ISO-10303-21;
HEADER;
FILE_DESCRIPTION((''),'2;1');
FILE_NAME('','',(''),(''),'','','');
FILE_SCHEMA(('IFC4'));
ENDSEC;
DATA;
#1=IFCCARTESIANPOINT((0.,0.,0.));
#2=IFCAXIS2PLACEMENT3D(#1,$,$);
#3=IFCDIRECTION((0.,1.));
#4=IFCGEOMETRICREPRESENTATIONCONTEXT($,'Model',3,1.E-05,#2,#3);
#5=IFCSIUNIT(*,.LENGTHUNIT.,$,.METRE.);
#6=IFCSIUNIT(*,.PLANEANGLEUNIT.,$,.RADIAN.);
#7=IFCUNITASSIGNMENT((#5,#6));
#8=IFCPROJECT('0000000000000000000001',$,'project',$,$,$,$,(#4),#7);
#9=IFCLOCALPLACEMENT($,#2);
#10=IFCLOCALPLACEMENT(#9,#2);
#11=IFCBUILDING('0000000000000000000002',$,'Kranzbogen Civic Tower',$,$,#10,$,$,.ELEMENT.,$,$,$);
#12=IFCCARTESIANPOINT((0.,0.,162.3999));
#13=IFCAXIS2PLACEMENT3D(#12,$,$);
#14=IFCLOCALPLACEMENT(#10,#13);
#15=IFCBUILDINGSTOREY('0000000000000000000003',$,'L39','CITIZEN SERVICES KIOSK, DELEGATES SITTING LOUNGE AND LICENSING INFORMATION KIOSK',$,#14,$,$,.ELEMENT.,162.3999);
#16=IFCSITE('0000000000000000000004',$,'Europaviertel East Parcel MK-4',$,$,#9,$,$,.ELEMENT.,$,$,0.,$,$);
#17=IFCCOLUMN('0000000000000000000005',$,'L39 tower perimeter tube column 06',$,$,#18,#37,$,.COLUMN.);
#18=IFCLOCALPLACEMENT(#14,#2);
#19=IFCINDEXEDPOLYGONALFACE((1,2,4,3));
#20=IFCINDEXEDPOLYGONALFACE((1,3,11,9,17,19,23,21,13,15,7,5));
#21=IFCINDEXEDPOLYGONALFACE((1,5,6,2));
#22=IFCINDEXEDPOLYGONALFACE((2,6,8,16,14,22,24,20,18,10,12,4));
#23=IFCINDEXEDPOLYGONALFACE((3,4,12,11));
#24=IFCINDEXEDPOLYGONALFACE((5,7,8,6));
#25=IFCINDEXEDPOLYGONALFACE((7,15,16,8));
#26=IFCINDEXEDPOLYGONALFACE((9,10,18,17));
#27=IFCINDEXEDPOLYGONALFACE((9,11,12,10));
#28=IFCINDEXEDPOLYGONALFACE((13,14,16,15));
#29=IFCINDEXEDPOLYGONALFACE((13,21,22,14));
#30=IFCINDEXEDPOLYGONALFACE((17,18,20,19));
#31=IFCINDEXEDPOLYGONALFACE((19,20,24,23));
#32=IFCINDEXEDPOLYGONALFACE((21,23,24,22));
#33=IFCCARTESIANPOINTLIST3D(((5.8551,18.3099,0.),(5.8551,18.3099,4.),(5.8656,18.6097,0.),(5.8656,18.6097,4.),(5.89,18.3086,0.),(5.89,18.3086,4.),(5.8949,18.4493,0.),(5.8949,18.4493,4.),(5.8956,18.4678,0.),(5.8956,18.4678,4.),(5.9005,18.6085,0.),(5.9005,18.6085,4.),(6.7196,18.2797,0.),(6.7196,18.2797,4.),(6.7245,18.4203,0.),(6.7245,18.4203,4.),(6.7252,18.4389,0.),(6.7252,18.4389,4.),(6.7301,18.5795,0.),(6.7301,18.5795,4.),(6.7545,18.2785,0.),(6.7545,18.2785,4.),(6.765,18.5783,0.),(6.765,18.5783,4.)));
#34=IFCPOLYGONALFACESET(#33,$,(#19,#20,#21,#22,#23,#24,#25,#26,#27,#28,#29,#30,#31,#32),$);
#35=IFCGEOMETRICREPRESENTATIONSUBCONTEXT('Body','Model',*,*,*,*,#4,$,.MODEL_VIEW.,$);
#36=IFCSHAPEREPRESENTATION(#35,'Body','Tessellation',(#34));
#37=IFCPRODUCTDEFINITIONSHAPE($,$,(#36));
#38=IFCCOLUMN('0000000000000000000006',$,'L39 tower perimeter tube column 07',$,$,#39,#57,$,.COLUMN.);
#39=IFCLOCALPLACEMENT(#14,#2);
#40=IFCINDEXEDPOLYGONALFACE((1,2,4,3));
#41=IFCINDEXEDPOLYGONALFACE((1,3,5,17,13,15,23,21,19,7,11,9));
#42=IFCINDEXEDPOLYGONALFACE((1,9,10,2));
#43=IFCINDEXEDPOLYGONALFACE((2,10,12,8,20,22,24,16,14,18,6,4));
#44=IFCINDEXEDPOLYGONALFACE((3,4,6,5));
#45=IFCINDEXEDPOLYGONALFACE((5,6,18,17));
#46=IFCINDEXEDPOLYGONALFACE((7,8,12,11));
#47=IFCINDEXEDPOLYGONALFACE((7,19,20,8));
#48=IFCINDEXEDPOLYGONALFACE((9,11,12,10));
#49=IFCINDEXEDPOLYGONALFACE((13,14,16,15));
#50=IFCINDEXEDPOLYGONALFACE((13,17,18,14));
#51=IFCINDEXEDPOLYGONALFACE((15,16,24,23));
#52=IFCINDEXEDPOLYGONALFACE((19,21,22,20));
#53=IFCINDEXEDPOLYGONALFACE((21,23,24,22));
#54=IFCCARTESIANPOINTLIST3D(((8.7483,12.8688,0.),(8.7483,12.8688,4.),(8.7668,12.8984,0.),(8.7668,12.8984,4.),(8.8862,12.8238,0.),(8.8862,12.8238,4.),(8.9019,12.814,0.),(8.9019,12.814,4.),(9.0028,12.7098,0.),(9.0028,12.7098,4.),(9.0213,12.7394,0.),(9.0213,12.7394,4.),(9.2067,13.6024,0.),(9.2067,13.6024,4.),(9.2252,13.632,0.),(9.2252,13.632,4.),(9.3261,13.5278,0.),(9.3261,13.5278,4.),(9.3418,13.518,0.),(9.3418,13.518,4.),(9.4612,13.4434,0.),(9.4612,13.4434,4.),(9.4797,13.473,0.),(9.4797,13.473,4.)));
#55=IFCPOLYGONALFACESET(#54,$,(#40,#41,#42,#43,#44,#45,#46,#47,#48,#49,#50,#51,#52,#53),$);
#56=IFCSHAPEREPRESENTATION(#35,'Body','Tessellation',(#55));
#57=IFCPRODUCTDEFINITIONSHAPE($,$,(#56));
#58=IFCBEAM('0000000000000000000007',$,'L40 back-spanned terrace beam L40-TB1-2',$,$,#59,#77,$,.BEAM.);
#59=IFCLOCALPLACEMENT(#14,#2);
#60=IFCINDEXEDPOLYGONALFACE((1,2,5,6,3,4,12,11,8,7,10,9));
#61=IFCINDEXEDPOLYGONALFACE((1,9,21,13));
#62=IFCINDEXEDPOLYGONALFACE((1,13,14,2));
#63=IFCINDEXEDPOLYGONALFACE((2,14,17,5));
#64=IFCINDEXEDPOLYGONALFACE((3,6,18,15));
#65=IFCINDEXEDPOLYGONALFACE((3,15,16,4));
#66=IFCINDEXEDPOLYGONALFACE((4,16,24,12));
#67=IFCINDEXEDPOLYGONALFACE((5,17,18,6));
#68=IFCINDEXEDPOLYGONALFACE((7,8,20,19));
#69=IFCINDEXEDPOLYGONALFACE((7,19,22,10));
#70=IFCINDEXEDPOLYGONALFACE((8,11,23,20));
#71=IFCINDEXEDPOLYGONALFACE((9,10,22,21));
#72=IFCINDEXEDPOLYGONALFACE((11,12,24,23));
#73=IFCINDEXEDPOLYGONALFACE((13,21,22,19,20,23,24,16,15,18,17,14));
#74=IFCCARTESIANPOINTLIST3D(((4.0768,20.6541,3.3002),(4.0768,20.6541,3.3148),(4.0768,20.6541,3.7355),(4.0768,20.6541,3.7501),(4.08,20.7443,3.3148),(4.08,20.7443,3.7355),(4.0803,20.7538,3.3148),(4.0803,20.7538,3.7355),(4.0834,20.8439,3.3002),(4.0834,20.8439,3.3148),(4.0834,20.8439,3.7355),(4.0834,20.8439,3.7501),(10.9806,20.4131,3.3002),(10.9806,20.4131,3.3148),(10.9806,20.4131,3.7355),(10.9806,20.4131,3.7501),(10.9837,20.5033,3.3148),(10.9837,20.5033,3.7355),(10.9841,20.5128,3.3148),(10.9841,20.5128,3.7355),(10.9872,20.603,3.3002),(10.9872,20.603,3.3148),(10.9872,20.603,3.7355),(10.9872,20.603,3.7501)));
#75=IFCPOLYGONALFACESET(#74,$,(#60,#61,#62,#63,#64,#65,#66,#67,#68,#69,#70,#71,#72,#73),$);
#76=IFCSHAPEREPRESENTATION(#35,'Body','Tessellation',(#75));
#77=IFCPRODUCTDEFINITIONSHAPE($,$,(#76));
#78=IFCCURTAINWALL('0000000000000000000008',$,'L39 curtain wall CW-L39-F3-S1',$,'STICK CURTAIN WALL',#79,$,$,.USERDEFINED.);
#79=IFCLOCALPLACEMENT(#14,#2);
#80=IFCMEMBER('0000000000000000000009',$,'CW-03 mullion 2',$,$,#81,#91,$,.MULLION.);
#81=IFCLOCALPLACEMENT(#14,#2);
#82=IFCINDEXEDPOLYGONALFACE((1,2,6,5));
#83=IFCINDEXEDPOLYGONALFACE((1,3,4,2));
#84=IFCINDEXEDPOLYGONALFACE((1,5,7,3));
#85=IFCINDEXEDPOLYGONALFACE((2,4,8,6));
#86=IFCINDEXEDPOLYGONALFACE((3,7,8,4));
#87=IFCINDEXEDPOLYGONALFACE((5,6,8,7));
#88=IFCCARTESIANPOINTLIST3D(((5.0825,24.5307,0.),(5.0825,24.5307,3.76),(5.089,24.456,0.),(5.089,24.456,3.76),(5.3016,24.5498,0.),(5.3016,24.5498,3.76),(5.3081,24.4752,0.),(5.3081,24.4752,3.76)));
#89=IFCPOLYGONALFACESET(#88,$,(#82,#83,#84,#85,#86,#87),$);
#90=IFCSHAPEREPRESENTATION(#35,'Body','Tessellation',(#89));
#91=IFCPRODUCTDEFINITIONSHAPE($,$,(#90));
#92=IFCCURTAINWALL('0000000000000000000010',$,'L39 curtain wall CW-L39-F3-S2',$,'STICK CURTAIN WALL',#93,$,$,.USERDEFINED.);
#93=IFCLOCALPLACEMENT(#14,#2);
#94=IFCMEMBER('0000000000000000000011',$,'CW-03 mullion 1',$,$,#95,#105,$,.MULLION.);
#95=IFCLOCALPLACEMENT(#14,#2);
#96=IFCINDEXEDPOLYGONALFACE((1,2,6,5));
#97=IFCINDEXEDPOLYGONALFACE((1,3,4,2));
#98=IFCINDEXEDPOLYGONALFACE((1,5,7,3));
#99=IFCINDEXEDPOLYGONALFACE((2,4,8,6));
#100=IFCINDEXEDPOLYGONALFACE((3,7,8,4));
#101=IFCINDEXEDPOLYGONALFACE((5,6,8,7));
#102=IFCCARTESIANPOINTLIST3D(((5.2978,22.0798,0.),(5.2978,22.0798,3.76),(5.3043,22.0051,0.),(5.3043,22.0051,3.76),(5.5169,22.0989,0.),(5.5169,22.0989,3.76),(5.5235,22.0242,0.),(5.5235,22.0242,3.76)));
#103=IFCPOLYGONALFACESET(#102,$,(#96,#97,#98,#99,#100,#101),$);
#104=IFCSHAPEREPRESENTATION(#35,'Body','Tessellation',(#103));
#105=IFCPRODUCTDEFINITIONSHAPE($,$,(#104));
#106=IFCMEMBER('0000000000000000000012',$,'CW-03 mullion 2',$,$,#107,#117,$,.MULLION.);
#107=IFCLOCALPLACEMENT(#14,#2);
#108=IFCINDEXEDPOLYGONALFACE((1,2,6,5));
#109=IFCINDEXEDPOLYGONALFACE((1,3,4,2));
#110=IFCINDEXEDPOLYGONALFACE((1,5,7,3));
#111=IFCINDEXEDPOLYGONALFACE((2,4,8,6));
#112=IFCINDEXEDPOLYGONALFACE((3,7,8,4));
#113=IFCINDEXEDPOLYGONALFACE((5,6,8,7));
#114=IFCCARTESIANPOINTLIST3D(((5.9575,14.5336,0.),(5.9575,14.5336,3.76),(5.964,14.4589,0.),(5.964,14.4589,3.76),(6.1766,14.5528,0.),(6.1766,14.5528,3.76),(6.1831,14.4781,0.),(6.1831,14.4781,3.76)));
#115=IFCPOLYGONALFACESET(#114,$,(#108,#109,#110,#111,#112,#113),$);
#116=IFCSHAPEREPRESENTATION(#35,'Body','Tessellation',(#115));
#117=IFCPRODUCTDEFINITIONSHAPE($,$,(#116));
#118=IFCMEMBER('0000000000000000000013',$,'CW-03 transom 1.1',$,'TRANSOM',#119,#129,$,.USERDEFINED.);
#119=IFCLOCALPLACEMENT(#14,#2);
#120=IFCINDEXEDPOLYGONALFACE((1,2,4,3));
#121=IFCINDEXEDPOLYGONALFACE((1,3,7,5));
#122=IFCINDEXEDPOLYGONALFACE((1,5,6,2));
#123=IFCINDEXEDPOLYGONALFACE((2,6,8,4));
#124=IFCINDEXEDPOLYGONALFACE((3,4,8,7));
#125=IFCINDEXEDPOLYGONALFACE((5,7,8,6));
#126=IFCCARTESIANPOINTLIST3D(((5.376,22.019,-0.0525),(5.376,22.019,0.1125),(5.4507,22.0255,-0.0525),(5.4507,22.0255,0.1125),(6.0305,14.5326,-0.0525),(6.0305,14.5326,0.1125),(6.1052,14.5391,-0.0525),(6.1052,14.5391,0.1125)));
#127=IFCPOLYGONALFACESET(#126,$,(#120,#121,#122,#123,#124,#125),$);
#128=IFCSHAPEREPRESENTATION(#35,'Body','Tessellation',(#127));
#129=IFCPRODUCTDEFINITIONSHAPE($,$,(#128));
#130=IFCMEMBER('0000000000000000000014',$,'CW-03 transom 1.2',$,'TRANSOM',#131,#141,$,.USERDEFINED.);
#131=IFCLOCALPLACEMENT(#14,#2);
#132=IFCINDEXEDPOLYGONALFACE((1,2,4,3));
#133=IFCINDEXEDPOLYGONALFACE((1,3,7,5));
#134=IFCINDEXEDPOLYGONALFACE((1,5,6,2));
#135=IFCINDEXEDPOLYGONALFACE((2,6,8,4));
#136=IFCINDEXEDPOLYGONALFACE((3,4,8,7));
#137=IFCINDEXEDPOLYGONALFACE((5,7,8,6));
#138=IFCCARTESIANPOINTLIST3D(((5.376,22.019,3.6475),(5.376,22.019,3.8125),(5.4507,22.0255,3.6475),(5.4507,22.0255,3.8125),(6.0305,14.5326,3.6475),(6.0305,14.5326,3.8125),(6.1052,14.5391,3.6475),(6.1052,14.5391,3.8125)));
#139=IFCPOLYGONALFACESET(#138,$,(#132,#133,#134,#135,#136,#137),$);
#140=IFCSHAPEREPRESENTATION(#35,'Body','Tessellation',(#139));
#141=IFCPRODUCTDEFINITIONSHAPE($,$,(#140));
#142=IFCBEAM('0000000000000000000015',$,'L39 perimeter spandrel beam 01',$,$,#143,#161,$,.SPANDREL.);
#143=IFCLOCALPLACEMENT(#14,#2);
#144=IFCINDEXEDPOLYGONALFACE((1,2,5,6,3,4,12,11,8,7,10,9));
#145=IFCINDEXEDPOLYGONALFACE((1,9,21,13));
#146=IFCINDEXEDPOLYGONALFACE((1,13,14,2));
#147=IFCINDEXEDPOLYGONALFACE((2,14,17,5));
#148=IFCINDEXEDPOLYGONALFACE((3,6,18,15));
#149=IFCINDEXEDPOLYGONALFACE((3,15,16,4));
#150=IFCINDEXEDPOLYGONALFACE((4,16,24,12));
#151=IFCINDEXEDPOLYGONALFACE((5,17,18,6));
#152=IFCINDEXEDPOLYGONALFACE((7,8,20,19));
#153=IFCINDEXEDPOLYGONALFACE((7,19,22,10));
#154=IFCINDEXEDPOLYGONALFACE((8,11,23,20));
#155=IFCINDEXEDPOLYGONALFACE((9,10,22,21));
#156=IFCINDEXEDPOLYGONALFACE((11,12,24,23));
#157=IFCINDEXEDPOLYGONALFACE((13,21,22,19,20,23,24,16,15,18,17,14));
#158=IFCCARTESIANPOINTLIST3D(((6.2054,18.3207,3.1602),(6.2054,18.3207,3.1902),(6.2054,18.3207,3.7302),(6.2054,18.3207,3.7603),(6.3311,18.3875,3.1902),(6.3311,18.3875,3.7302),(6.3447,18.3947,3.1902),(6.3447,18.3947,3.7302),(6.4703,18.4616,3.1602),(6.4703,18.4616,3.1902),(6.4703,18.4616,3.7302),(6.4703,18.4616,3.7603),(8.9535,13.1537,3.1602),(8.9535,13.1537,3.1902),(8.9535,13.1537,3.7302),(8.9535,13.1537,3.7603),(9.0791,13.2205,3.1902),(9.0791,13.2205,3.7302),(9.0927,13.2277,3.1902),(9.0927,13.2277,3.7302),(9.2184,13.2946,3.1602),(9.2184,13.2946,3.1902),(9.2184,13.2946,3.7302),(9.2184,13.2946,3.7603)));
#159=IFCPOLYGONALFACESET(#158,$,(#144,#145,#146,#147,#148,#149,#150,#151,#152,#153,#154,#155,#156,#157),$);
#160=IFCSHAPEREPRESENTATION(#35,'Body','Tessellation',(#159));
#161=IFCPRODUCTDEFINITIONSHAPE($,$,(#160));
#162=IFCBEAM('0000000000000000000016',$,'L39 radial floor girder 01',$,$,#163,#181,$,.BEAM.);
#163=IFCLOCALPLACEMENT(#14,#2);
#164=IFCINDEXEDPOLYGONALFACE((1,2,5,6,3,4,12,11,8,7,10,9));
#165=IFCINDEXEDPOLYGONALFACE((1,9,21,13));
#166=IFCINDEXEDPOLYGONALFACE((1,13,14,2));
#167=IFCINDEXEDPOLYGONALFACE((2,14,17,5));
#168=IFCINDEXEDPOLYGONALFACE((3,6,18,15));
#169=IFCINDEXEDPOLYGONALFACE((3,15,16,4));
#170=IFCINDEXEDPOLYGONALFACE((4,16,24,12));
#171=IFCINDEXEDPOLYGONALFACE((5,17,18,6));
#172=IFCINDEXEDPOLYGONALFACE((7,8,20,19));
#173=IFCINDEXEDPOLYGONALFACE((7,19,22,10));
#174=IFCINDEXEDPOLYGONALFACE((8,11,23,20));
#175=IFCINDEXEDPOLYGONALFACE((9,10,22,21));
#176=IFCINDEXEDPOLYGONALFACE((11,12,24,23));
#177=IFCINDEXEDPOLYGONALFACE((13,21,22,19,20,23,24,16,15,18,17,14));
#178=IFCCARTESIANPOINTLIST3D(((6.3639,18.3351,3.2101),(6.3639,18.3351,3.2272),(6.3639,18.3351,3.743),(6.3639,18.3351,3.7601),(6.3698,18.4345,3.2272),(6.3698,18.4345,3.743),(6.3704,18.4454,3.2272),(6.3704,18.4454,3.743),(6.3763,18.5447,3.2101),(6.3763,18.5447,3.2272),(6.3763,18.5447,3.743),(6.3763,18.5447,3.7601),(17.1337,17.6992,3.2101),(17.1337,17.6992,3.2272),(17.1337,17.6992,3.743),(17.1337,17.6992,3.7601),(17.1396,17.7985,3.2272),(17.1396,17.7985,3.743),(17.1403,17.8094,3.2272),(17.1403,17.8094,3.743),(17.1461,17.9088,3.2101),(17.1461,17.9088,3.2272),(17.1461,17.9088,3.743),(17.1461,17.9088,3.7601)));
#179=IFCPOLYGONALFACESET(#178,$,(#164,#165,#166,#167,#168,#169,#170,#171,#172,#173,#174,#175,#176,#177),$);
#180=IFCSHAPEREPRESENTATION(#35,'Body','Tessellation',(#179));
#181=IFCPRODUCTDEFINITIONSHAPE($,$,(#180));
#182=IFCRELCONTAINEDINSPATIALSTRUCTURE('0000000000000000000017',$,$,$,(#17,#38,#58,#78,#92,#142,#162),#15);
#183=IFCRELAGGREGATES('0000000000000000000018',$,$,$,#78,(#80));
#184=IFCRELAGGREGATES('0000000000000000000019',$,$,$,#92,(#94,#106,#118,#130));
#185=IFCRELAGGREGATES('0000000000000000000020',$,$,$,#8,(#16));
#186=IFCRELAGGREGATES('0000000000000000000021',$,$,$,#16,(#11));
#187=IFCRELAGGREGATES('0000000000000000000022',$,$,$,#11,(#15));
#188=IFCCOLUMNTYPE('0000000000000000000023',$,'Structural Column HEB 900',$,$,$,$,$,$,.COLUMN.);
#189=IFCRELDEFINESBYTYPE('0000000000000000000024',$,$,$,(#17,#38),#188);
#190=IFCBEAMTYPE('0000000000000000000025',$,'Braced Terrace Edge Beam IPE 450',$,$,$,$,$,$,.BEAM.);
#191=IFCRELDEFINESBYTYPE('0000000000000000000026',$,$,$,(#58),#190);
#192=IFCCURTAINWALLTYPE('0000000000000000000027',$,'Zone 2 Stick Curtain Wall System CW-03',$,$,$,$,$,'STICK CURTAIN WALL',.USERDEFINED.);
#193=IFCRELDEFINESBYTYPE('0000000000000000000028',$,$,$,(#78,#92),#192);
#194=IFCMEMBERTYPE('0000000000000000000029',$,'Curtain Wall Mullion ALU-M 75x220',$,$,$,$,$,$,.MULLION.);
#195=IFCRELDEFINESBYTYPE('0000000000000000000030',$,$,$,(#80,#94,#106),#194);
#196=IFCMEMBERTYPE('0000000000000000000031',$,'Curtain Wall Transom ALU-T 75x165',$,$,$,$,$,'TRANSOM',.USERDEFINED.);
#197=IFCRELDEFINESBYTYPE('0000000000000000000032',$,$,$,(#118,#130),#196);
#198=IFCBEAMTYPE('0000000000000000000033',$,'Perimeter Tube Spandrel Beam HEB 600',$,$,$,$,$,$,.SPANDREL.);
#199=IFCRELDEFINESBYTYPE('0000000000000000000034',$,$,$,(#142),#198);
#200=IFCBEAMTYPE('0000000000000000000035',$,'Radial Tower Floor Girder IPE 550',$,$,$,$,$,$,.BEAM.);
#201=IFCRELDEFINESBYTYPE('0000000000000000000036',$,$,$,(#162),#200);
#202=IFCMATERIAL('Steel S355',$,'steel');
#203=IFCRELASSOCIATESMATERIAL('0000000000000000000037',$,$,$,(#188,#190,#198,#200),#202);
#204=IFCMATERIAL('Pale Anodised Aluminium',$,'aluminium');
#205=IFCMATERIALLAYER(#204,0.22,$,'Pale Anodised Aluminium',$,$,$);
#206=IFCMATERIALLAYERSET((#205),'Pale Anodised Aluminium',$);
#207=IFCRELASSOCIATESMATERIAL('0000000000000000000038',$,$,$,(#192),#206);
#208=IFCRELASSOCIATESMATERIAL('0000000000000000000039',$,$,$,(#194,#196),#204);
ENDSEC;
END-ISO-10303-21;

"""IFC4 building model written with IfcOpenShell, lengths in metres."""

from ifc_helpers import new_model, si_unit, direction, frame, origin, origin_2d, place, context, subcontext, project, spatial, rectangle, i_section, extrude, material, layer, layer_set, material_profile, profile_set, type_object, element, aggregate, save


model = new_model("IFC4")

# Units and contexts
model_context = context("Model", 3, precision=1e-05, world=origin(), true_north=direction((0.0, 1.0)))
body_context = subcontext(model_context, "Body", "Model", "MODEL_VIEW")
ifc_project = project(units=[si_unit("LENGTHUNIT", "METRE"), si_unit("PLANEANGLEUNIT", "RADIAN")], contexts=[model_context])

# Site, building, storey
site_placement = place(None, origin())
site = spatial("IfcSite", under=ifc_project, at=site_placement, Name="Europaviertel East Parcel MK-4", CompositionType="ELEMENT", RefElevation=0.0)
building_placement = place(site_placement, origin())
building = spatial("IfcBuilding", under=site, at=building_placement, Name="Kranzbogen Civic Tower", CompositionType="ELEMENT")
storey_placement = place(building_placement, frame((0.0, 0.0, 162.3999)))
storey = spatial("IfcBuildingStorey", under=building, at=storey_placement, Name="L39", Description="CITIZEN SERVICES KIOSK, DELEGATES SITTING LOUNGE AND LICENSING INFORMATION KIOSK", CompositionType="ELEMENT", Elevation=162.3999)

# Columns
ifc_material_1 = material(Name="Steel S355", Category="steel")
ifc_material_profile_1 = material_profile(ifc_material_1, i_section(OverallWidth=0.3, OverallDepth=0.8999, WebThickness=0.0186, FlangeThickness=0.0349, at=origin_2d()), Name="HEB 900")
ifc_profile_set_1 = profile_set([ifc_material_profile_1], Name="Steel S355")
column_type = type_object("IfcColumnType", Name="Structural Column HEB 900", PredefinedType="COLUMN", material=ifc_profile_set_1)
for number, where, z_axis, x_axis, name in (
    (1, (6.3101, 18.4441, 0.0), (0.0, 0.0, 1.0), (0.034899, 0.999391, 0.0), "L39 tower perimeter tube column 06"),
    (2, (9.114, 13.1709, 0.0), (0.0, 0.0, 1.0), (-0.848048, 0.529919, 0.0), "L39 tower perimeter tube column 07"),
):
    element("IfcColumn", number, at=place(storey_placement, frame(where, z_axis=z_axis, x_axis=x_axis)), inside=storey, type_object=column_type, Name=name, PredefinedType="COLUMN", context=body_context, shape_type="SweptSolid", body=[
        extrude(i_section(OverallWidth=0.3, OverallDepth=0.8999, WebThickness=0.0186, FlangeThickness=0.0349, at=origin_2d()), origin(), (0.0, 0.0, 1.0), 4.0),
    ])

# Beam
ifc_material_profile_2 = material_profile(ifc_material_1, i_section(OverallWidth=0.1899, OverallDepth=0.45, WebThickness=0.0095, FlangeThickness=0.0146, at=origin_2d()), Name="IPE 450")
ifc_profile_set_2 = profile_set([ifc_material_profile_2], Name="Steel S355")
beam_type_1 = type_object("IfcBeamType", Name="Braced Terrace Edge Beam IPE 450", PredefinedType="BEAM", material=ifc_profile_set_2)
beam_1_placement = place(storey_placement, frame((10.9839, 20.5081, 3.5251), z_axis=(-0.999391, 0.034882, 0.0), x_axis=(-0.034882, -0.999391, 0.0)))
element("IfcBeam", 3, at=beam_1_placement, inside=storey, type_object=beam_type_1, Name="L40 back-spanned terrace beam L40-TB1-2", PredefinedType="BEAM", context=body_context, shape_type="SweptSolid", body=[
    extrude(i_section(OverallWidth=0.1899, OverallDepth=0.45, WebThickness=0.0095, FlangeThickness=0.0146, at=origin_2d()), origin(), (0.0, 0.0, 1.0), 6.908),
])

# Curtain wall, member
ifc_material_2 = material(Name="Pale Anodised Aluminium", Category="aluminium")
ifc_layer_1 = layer(ifc_material_2, 0.22, Name="Pale Anodised Aluminium")
ifc_layer_set_1 = layer_set([ifc_layer_1], Name="Pale Anodised Aluminium")
curtain_wall_type = type_object("IfcCurtainWallType", Name="Zone 2 Stick Curtain Wall System CW-03", ElementType="STICK CURTAIN WALL", PredefinedType="USERDEFINED", material=ifc_layer_set_1)
curtain_wall_1_placement = place(storey_placement, origin())
curtain_wall_1 = element("IfcCurtainWall", 4, at=curtain_wall_1_placement, inside=storey, type_object=curtain_wall_type, Name="L39 curtain wall CW-L39-F3-S1", ObjectType="STICK CURTAIN WALL", PredefinedType="USERDEFINED")
ifc_material_profile_3 = material_profile(ifc_material_2, rectangle(XDim=0.075, YDim=0.22, at=origin_2d()), Name="ALU-M 75x220")
ifc_profile_set_3 = profile_set([ifc_material_profile_3], Name="Pale Anodised Aluminium")
member_type_1 = type_object("IfcMemberType", Name="Curtain Wall Mullion ALU-M 75x220", PredefinedType="MULLION", material=ifc_profile_set_3)
member_1_placement = place(storey_placement, frame((5.1953, 24.5029, 0.0), z_axis=(0.0, 0.0, 1.0), x_axis=(0.087121, -0.996198, 0.0)))
member_1 = element("IfcMember", 5, at=member_1_placement, type_object=member_type_1, Name="CW-03 mullion 2", PredefinedType="MULLION", context=body_context, shape_type="SweptSolid", body=[
    extrude(rectangle(XDim=0.075, YDim=0.22, at=origin_2d()), origin(), (0.0, 0.0, 1.0), 3.76),
])
aggregate(curtain_wall_1, [member_1])

# Curtain wall, members
curtain_wall_2_placement = place(storey_placement, origin())
curtain_wall_2 = element("IfcCurtainWall", 6, at=curtain_wall_2_placement, inside=storey, type_object=curtain_wall_type, Name="L39 curtain wall CW-L39-F3-S2", ObjectType="STICK CURTAIN WALL", PredefinedType="USERDEFINED")
member_2_placement = place(storey_placement, frame((5.4106, 22.052, 0.0), z_axis=(0.0, 0.0, 1.0), x_axis=(0.087099, -0.9962, 0.0)))
member_2 = element("IfcMember", 7, at=member_2_placement, type_object=member_type_1, Name="CW-03 mullion 1", PredefinedType="MULLION", context=body_context, shape_type="SweptSolid", body=[
    extrude(rectangle(XDim=0.075, YDim=0.22, at=origin_2d()), origin(), (0.0, 0.0, 1.0), 3.76),
])
member_3_placement = place(storey_placement, frame((6.0703, 14.5059, 0.0), z_axis=(0.0, 0.0, 1.0), x_axis=(0.087099, -0.9962, 0.0)))
member_3 = element("IfcMember", 8, at=member_3_placement, type_object=member_type_1, Name="CW-03 mullion 2", PredefinedType="MULLION", context=body_context, shape_type="SweptSolid", body=[
    extrude(rectangle(XDim=0.075, YDim=0.22, at=origin_2d()), origin(), (0.0, 0.0, 1.0), 3.76),
])
ifc_material_profile_4 = material_profile(ifc_material_2, rectangle(XDim=0.075, YDim=0.165, at=origin_2d()), Name="ALU-T 75x165")
ifc_profile_set_4 = profile_set([ifc_material_profile_4], Name="Pale Anodised Aluminium")
member_type_2 = type_object("IfcMemberType", Name="Curtain Wall Transom ALU-T 75x165", ElementType="TRANSOM", PredefinedType="USERDEFINED", material=ifc_profile_set_4)
member_4_placement = place(storey_placement, frame((5.4133, 22.0222, 0.03), z_axis=(0.087099, -0.9962, 0.0), x_axis=(0.9962, 0.087099, 0.0)))
member_4 = element("IfcMember", 9, at=member_4_placement, type_object=member_type_2, Name="CW-03 transom 1.1", ObjectType="TRANSOM", PredefinedType="USERDEFINED", context=body_context, shape_type="SweptSolid", body=[
    extrude(rectangle(XDim=0.075, YDim=0.165, at=origin_2d()), origin(), (0.0, 0.0, 1.0), 7.5149),
])
member_5_placement = place(storey_placement, frame((5.4133, 22.0222, 3.73), z_axis=(0.087099, -0.9962, 0.0), x_axis=(0.9962, 0.087099, 0.0)))
member_5 = element("IfcMember", 10, at=member_5_placement, type_object=member_type_2, Name="CW-03 transom 1.2", ObjectType="TRANSOM", PredefinedType="USERDEFINED", context=body_context, shape_type="SweptSolid", body=[
    extrude(rectangle(XDim=0.075, YDim=0.165, at=origin_2d()), origin(), (0.0, 0.0, 1.0), 7.5149),
])

# Beams
ifc_material_profile_5 = material_profile(ifc_material_1, i_section(OverallWidth=0.3, OverallDepth=0.6001, WebThickness=0.0154, FlangeThickness=0.03, at=origin_2d()), Name="HEB 600")
ifc_profile_set_5 = profile_set([ifc_material_profile_5], Name="Steel S355")
beam_type_2 = type_object("IfcBeamType", Name="Perimeter Tube Spandrel Beam HEB 600", PredefinedType="SPANDREL", material=ifc_profile_set_5)
beam_2_placement = place(storey_placement, frame((6.3379, 18.3911, 3.4602), z_axis=(0.469566, -0.882897, 0.0), x_axis=(0.882897, 0.469566, 0.0)))
element("IfcBeam", 11, at=beam_2_placement, inside=storey, type_object=beam_type_2, Name="L39 perimeter spandrel beam 01", PredefinedType="SPANDREL", context=body_context, shape_type="SweptSolid", body=[
    extrude(i_section(OverallWidth=0.3, OverallDepth=0.6001, WebThickness=0.0154, FlangeThickness=0.03, at=origin_2d()), origin(), (0.0, 0.0, 1.0), 5.8523),
])
ifc_material_profile_6 = material_profile(ifc_material_1, i_section(OverallWidth=0.21, OverallDepth=0.55, WebThickness=0.011, FlangeThickness=0.0171, at=origin_2d()), Name="IPE 550")
ifc_profile_set_6 = profile_set([ifc_material_profile_6], Name="Steel S355")
beam_type_3 = type_object("IfcBeamType", Name="Radial Tower Floor Girder IPE 550", PredefinedType="BEAM", material=ifc_profile_set_6)
beam_3_placement = place(storey_placement, frame((6.3701, 18.4399, 3.4851), z_axis=(0.998261, -0.05895, 0.0), x_axis=(0.05895, 0.998261, 0.0)))
element("IfcBeam", 12, at=beam_3_placement, inside=storey, type_object=beam_type_3, Name="L39 radial floor girder 01", PredefinedType="BEAM", context=body_context, shape_type="SweptSolid", body=[
    extrude(i_section(OverallWidth=0.21, OverallDepth=0.55, WebThickness=0.011, FlangeThickness=0.0171, at=origin_2d()), origin(), (0.0, 0.0, 1.0), 10.7886),
])

aggregate(curtain_wall_2, [member_2, member_3, member_4, member_5])

save(model, "model.ifc")
